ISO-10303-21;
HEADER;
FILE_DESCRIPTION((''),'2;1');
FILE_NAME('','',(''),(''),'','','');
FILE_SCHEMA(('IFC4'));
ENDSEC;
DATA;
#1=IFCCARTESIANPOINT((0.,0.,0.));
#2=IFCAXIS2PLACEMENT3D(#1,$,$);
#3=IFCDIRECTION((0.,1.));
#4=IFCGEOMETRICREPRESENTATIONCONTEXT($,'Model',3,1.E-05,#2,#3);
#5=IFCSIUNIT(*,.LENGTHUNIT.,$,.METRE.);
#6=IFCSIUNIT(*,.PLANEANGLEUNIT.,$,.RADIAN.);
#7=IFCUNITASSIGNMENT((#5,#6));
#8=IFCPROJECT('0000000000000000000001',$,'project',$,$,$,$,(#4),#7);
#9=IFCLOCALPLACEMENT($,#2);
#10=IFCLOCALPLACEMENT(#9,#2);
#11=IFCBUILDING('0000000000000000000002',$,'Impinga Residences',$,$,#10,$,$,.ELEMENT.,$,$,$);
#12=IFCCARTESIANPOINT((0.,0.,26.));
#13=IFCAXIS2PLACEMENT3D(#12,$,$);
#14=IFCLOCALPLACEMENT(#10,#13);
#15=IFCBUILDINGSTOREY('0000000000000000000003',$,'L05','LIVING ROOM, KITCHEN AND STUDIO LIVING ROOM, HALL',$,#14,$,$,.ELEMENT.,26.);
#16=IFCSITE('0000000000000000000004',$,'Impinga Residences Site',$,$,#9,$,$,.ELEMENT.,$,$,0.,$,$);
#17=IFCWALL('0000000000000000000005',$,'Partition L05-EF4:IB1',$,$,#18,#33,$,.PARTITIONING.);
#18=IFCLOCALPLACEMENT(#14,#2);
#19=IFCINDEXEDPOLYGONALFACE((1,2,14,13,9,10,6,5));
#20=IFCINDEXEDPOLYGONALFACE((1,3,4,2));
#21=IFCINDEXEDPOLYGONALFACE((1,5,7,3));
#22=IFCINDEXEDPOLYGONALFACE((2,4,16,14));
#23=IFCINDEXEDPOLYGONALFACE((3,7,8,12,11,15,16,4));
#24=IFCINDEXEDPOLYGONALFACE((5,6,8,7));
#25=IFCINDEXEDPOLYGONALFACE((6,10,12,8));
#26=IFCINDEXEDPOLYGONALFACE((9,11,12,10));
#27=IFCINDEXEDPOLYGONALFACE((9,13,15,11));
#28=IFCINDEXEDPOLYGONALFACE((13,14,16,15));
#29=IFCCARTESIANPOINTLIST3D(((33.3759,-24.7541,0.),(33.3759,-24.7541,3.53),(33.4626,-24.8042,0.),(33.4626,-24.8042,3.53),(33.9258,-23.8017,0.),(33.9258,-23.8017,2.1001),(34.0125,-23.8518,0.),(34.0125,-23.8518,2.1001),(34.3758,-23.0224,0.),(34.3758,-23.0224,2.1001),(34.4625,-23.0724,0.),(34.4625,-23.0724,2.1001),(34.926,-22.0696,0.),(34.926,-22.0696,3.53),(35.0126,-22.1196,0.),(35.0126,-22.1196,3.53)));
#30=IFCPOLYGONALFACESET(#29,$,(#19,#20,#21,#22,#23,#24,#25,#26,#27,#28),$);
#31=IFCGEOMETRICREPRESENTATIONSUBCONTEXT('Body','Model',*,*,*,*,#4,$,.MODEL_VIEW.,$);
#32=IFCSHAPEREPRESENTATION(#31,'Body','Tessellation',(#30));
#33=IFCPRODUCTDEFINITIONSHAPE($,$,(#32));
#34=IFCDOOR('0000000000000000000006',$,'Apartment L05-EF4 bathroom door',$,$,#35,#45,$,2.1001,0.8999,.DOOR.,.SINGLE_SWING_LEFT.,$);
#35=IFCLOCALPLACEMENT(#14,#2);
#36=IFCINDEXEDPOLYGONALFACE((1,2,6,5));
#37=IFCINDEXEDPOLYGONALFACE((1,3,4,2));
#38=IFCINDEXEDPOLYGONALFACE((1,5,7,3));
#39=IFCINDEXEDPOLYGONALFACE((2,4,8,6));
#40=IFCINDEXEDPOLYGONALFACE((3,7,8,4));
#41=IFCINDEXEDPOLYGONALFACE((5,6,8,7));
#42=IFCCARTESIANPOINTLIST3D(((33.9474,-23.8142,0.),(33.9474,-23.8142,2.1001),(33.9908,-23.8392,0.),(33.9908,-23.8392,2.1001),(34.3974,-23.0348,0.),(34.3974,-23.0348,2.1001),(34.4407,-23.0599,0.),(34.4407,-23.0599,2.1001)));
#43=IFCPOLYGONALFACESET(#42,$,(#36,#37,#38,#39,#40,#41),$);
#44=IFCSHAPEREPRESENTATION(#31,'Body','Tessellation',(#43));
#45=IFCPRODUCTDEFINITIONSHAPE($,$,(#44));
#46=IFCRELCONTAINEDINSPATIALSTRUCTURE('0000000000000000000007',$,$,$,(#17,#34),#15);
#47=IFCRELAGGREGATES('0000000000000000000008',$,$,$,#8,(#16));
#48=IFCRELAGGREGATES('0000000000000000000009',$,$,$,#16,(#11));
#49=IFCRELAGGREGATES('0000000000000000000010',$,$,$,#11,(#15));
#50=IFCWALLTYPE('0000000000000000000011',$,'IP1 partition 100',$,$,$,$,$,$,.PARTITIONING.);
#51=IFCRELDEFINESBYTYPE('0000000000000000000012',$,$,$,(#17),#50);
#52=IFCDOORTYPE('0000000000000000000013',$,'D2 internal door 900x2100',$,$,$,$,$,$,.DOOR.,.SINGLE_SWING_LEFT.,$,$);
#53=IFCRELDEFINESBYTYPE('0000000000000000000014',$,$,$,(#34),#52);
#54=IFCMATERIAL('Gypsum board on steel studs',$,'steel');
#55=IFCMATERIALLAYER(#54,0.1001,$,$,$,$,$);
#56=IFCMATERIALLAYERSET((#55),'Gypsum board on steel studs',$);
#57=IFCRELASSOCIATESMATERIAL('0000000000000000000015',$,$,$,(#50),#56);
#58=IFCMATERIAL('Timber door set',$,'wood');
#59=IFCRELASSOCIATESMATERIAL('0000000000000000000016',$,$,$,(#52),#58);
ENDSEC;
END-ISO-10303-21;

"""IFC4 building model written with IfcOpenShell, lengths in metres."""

from ifc_helpers import new_model, si_unit, direction, frame, frame_2d, origin, place, context, subcontext, project, spatial, rectangle, extrude, material, layer, layer_set, type_object, element, fill, save


model = new_model("IFC4")

# Units and contexts
model_context = context("Model", 3, precision=1e-05, world=origin(), true_north=direction((0.0, 1.0)))
body_context = subcontext(model_context, "Body", "Model", "MODEL_VIEW")
ifc_project = project(units=[si_unit("LENGTHUNIT", "METRE"), si_unit("PLANEANGLEUNIT", "RADIAN")], contexts=[model_context])

# Site, building, storey
site_placement = place(None, origin())
site = spatial("IfcSite", under=ifc_project, at=site_placement, Name="Impinga Residences Site", CompositionType="ELEMENT", RefElevation=0.0)
building_placement = place(site_placement, origin())
building = spatial("IfcBuilding", under=site, at=building_placement, Name="Impinga Residences", CompositionType="ELEMENT")
storey_placement = place(building_placement, frame((0.0, 0.0, 26.0)))
storey = spatial("IfcBuildingStorey", under=building, at=storey_placement, Name="L05", Description="LIVING ROOM, KITCHEN AND STUDIO LIVING ROOM, HALL", CompositionType="ELEMENT", Elevation=26.0)

# Shared definitions
ifc_material_1 = material(Name="Gypsum board on steel studs", Category="steel")
ifc_layer_1 = layer(ifc_material_1, 0.1001)
ifc_layer_set_1 = layer_set([ifc_layer_1], Name="Gypsum board on steel studs")
wall_type_1 = type_object("IfcWallType", Name="IP1 partition 100", PredefinedType="PARTITIONING", material=ifc_layer_set_1)

# Wall, opening, door
wall_1_placement = place(storey_placement, frame((34.9692, -22.0947, 0.0), z_axis=(0.0, 0.0, 1.0), x_axis=(-0.500027, -0.86601, 0.0)))
wall_1 = element("IfcWall", 1, at=wall_1_placement, inside=storey, type_object=wall_type_1, Name="Partition L05-EF4:IB1", PredefinedType="PARTITIONING", context=body_context, shape_type="SweptSolid", body=[
    extrude(rectangle(XDim=3.0999, YDim=0.1001, at=frame_2d((1.5498, 0.0))), origin(), (0.0, 0.0, 1.0), 3.53),
])
opening_1_placement = place(wall_1_placement, frame((1.1001, 0.0, 0.0)))
opening_1 = element("IfcOpeningElement", 2, at=opening_1_placement, cuts=wall_1, PredefinedType="OPENING", context=body_context, shape_type="SweptSolid", body=[
    extrude(rectangle(XDim=0.8999, YDim=2.1001, at=frame_2d((0.45, 1.05))), frame((0.0, 0.0601, 0.0), z_axis=(0.0, -1.0, 0.0), x_axis=(1.0, 0.0, 0.0)), (0.0, 0.0, 1.0), 0.1201),
])
ifc_material_2 = material(Name="Timber door set", Category="wood")
door_type = type_object("IfcDoorType", Name="D2 internal door 900x2100", OperationType="SINGLE_SWING_LEFT", PredefinedType="DOOR", material=ifc_material_2)
door_placement = place(opening_1_placement, origin())
door = element("IfcDoor", 3, at=door_placement, inside=storey, type_object=door_type, Name="Apartment L05-EF4 bathroom door", OperationType="SINGLE_SWING_LEFT", OverallHeight=2.1001, OverallWidth=0.8999, PredefinedType="DOOR", context=body_context, shape_type="SweptSolid", body=[
    extrude(rectangle(XDim=0.8999, YDim=2.1001, at=frame_2d((0.45, 1.05))), frame((0.0, 0.0249, 0.0), z_axis=(0.0, -1.0, 0.0), x_axis=(1.0, 0.0, 0.0)), (0.0, 0.0, 1.0), 0.05),
])
fill(opening_1, door)

save(model, "model.ifc")
